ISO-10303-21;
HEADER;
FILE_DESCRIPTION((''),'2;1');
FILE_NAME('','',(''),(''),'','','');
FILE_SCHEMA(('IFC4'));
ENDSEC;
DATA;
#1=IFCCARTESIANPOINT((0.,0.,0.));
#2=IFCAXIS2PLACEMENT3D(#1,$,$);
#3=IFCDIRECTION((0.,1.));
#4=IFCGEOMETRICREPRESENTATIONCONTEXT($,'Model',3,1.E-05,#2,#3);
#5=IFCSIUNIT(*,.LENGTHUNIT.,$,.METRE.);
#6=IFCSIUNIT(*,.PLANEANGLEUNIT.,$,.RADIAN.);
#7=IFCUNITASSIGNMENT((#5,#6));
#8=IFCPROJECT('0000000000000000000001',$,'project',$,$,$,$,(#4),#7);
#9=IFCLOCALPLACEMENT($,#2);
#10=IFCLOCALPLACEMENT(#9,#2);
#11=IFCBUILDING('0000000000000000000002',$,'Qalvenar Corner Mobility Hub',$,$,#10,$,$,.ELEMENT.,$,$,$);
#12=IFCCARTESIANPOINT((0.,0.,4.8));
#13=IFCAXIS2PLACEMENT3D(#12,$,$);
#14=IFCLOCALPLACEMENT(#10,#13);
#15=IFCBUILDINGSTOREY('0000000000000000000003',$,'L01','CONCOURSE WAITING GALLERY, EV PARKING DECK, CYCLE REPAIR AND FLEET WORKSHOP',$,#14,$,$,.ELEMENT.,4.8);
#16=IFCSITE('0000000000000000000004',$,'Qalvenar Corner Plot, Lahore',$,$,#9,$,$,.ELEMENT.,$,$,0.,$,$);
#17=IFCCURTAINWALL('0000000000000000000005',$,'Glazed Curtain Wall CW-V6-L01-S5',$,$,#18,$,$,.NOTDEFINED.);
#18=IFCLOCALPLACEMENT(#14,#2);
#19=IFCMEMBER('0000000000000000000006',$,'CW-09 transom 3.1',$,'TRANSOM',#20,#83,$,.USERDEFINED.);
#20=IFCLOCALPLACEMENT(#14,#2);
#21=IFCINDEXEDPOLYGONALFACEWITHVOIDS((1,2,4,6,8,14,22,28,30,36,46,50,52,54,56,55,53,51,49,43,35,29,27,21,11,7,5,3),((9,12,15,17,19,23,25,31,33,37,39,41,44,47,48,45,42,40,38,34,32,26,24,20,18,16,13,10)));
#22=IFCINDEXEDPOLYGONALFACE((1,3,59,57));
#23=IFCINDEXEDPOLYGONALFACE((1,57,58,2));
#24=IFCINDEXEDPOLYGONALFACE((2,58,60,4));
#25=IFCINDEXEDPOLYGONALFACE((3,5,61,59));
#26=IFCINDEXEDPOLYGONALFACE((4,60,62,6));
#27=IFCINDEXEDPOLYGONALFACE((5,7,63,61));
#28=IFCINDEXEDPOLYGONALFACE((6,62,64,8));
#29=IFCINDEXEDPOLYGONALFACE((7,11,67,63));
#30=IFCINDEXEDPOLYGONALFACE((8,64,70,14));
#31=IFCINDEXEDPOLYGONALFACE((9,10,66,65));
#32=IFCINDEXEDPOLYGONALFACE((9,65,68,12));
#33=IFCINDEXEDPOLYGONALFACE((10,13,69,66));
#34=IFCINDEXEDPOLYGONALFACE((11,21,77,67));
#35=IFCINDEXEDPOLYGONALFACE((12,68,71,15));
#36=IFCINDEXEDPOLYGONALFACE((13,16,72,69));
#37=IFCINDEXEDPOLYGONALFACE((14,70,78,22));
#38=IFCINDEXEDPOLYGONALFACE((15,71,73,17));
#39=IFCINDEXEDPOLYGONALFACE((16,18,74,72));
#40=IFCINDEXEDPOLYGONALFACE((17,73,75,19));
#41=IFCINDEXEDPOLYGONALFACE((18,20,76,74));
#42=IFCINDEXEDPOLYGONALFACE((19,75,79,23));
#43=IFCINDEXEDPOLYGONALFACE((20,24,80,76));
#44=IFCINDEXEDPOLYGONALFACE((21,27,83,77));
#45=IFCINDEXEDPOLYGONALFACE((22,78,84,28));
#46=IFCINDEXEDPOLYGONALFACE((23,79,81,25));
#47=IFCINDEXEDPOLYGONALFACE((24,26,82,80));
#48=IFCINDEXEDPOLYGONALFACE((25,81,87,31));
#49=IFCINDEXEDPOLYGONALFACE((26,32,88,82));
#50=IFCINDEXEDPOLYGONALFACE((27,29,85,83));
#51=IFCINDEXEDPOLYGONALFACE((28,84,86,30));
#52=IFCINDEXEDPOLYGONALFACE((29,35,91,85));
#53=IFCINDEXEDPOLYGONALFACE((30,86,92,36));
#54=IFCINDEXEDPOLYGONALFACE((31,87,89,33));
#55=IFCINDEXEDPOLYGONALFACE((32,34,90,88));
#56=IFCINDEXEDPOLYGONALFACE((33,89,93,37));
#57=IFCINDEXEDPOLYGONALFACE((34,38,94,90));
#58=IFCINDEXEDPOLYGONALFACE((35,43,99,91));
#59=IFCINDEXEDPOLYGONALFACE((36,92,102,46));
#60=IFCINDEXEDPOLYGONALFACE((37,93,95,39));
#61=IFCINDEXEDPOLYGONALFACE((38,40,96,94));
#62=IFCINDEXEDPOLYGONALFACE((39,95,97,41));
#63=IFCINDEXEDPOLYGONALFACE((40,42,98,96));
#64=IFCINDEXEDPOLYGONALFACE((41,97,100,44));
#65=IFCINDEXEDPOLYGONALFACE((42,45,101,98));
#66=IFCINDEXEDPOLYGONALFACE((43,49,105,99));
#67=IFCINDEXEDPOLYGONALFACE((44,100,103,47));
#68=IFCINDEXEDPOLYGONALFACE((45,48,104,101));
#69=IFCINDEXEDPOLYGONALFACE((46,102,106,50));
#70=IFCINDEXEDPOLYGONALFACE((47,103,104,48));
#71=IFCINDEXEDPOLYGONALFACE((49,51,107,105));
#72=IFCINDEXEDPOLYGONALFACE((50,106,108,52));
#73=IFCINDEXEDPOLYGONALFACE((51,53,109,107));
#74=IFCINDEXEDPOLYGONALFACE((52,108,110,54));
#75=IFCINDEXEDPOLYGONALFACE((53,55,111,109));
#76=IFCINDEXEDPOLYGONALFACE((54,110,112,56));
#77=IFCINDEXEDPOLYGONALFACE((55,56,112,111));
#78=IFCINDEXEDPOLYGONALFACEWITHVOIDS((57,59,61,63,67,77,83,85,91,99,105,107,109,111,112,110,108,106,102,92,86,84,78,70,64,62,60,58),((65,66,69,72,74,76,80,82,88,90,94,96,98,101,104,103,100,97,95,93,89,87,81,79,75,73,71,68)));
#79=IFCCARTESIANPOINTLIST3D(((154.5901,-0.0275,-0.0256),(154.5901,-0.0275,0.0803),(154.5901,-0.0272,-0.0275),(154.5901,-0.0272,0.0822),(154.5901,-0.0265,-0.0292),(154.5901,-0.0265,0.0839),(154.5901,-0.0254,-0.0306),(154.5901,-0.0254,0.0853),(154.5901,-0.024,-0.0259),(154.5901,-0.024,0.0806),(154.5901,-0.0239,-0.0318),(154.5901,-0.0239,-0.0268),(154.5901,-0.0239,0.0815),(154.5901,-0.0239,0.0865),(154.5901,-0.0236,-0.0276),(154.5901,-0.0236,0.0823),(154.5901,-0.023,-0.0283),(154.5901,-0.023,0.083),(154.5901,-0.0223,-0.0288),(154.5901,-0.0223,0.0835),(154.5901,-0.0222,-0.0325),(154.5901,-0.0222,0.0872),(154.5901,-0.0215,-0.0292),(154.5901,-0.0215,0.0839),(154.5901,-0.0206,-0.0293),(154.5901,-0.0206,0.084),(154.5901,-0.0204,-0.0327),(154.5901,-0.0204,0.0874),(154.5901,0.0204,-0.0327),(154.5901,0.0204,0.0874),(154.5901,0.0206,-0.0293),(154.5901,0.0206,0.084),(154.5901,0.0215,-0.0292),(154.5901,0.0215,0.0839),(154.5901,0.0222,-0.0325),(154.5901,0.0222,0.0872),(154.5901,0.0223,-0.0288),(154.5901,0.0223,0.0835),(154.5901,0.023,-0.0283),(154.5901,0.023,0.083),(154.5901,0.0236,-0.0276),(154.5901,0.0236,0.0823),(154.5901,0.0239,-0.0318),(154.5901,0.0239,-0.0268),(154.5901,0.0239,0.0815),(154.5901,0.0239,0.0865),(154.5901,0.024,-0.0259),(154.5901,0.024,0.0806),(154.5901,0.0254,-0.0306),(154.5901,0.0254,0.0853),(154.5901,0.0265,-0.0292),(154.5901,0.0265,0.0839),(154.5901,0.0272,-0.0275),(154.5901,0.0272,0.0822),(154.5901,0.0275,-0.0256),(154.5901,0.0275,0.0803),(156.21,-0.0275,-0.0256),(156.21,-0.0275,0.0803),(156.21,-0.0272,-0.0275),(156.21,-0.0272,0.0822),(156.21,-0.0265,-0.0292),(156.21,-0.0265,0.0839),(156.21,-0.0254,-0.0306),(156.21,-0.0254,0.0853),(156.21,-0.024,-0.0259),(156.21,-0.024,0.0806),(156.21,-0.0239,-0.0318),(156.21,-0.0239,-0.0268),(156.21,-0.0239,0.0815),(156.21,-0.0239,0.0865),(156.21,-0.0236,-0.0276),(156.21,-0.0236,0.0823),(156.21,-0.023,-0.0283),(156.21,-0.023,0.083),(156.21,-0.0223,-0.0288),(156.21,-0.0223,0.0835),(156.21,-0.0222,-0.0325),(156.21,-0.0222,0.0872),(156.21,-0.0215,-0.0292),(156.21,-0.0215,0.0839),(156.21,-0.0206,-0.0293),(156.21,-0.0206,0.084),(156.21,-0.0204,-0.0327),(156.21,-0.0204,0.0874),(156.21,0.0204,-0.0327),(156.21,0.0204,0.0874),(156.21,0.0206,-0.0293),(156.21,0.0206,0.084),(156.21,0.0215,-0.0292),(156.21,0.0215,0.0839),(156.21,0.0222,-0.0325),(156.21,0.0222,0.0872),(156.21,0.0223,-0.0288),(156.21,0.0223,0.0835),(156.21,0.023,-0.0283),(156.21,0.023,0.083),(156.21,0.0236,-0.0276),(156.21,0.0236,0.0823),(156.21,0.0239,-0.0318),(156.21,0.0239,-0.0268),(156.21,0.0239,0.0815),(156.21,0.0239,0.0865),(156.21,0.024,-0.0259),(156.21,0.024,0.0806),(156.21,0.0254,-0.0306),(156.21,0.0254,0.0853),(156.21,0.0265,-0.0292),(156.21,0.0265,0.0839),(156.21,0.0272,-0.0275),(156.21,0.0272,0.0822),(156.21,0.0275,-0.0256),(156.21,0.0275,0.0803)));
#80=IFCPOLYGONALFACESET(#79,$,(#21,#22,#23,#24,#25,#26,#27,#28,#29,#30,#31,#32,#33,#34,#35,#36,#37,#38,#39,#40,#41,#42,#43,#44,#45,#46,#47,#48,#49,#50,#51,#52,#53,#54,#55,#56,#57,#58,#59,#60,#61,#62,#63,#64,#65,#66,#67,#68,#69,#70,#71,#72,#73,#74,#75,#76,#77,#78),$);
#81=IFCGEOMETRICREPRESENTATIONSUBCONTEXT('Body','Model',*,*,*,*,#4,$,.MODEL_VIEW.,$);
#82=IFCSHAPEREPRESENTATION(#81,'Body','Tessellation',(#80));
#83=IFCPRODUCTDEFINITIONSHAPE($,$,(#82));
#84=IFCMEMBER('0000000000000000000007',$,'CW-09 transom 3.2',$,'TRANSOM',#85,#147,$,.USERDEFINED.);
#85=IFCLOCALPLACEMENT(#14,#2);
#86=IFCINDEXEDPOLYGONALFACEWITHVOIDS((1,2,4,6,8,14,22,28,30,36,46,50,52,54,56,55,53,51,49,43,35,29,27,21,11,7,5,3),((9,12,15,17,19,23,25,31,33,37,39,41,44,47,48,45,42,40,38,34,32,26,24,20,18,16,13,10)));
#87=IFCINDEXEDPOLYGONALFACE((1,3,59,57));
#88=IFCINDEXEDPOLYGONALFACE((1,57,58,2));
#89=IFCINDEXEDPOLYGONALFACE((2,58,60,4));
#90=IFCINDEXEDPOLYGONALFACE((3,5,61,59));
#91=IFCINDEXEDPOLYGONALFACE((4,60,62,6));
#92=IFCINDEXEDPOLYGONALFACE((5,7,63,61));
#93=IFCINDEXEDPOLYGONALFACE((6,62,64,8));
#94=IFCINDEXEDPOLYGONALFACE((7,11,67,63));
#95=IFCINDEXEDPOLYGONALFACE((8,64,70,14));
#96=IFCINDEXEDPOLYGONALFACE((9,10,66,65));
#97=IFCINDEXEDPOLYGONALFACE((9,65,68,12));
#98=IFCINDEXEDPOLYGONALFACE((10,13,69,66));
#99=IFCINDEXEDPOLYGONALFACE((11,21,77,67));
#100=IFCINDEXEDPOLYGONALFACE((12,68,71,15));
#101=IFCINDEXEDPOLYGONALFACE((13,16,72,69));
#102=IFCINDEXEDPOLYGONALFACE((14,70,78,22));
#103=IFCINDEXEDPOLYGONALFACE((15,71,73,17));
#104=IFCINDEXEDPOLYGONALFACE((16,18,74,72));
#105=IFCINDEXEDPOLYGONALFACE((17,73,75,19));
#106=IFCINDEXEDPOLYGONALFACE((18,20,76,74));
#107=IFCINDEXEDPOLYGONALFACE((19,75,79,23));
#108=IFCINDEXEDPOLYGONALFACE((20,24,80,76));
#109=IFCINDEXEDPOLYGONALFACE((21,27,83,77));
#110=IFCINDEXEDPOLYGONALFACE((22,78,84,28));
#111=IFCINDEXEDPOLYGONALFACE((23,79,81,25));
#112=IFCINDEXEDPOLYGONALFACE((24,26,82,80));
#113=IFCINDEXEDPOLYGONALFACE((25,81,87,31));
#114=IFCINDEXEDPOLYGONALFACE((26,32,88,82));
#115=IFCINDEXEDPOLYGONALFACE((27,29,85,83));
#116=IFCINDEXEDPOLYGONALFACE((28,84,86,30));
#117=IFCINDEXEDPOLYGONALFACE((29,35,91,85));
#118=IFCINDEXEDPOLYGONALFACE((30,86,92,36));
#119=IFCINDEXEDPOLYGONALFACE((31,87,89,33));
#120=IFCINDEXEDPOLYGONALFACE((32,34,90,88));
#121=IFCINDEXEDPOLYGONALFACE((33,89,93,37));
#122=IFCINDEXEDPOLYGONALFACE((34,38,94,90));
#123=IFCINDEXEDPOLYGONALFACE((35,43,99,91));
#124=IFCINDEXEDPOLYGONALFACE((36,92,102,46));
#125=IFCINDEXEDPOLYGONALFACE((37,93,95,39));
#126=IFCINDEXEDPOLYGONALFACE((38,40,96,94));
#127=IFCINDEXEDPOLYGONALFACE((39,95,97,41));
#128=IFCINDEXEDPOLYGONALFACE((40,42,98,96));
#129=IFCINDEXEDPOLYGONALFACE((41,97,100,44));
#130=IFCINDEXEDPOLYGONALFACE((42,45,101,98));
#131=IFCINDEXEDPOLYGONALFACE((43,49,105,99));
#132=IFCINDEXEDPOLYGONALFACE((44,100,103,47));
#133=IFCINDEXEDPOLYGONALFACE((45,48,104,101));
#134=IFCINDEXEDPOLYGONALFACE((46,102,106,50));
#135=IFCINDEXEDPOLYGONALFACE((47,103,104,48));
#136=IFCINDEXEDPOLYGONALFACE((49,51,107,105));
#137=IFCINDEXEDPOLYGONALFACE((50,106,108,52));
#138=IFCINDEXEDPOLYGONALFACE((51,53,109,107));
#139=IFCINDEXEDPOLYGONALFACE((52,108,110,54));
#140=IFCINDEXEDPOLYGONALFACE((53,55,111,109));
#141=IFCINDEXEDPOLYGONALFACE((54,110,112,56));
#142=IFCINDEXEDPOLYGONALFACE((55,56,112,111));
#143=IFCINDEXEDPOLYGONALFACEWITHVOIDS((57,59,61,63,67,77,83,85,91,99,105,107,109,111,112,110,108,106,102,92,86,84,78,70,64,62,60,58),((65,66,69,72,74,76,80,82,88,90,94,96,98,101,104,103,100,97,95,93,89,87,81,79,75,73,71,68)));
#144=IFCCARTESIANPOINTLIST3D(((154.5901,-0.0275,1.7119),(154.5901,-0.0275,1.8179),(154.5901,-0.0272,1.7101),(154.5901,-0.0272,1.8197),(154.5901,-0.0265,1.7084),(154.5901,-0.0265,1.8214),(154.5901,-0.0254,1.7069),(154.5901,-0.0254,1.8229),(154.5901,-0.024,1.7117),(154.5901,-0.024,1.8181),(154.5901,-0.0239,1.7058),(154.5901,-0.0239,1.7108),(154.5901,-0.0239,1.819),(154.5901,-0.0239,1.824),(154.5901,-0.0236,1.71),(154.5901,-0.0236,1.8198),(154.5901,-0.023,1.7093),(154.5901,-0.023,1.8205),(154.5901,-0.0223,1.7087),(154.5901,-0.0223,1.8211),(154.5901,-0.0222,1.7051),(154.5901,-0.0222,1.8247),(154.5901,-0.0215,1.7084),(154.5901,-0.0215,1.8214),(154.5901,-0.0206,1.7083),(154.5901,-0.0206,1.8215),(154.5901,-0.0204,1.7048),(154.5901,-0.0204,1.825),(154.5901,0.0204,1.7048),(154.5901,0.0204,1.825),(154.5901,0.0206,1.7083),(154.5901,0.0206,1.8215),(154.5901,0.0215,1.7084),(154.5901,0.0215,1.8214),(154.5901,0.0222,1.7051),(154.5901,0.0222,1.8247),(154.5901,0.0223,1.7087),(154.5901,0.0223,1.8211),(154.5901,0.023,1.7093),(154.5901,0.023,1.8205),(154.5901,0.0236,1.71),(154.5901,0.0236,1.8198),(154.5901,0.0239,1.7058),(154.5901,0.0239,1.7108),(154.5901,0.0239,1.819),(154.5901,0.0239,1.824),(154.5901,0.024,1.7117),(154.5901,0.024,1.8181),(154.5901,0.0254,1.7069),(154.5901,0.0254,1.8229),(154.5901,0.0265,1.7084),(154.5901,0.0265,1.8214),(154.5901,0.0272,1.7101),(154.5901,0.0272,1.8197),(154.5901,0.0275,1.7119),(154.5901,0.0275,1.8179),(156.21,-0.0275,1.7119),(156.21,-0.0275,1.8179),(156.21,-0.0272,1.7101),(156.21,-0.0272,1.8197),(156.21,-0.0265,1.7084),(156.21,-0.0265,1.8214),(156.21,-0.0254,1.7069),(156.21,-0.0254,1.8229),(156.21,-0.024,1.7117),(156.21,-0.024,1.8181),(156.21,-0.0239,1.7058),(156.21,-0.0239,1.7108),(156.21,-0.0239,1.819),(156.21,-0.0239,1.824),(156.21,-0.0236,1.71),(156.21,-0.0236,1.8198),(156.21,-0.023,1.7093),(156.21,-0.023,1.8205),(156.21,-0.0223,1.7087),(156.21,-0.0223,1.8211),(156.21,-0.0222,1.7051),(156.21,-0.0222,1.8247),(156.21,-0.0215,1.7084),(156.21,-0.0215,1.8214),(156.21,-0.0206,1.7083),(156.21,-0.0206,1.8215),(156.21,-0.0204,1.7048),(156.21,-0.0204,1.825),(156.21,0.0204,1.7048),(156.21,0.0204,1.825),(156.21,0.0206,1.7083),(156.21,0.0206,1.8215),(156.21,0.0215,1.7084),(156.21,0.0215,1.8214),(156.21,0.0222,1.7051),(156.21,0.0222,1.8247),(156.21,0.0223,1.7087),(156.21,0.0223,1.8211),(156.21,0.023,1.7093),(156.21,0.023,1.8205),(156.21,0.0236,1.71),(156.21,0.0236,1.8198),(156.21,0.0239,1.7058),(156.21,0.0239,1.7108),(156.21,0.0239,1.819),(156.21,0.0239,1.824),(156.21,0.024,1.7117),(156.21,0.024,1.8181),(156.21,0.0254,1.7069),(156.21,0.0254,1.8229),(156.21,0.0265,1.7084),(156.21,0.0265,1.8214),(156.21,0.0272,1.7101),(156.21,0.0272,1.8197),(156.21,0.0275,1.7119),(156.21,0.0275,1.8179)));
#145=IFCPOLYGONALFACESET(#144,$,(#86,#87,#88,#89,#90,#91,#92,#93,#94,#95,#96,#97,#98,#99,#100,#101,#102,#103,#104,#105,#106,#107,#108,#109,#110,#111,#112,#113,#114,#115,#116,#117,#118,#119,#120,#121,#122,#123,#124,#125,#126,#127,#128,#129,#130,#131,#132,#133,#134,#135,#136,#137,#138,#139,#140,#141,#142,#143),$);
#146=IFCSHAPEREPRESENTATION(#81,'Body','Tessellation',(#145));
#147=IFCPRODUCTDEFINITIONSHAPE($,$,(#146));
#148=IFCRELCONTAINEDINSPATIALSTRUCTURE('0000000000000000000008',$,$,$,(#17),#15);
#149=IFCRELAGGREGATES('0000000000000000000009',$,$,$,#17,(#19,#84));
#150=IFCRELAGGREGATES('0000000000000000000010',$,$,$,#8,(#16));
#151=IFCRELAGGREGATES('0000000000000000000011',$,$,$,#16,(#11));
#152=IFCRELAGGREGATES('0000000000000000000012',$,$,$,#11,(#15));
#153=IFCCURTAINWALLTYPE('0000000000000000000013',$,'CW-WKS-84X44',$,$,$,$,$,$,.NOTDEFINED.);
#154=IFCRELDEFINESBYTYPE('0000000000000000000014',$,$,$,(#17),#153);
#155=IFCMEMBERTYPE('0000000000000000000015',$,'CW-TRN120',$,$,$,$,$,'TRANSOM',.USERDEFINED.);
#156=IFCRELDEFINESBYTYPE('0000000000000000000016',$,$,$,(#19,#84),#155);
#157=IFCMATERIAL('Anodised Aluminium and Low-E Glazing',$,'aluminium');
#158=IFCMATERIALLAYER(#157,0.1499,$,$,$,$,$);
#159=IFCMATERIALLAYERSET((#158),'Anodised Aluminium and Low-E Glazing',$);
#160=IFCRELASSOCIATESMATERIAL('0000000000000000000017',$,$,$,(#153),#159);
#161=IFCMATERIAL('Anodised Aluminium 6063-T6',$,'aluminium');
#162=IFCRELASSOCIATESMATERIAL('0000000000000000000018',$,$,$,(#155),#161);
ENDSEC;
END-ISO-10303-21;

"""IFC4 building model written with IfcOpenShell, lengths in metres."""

from ifc_helpers import new_model, si_unit, direction, frame, origin, origin_2d, place, context, subcontext, project, spatial, hollow_rectangle, extrude, material, layer, layer_set, material_profile, profile_set, type_object, element, aggregate, save


model = new_model("IFC4")

# Units and contexts
model_context = context("Model", 3, precision=1e-05, world=origin(), true_north=direction((0.0, 1.0)))
body_context = subcontext(model_context, "Body", "Model", "MODEL_VIEW")
ifc_project = project(units=[si_unit("LENGTHUNIT", "METRE"), si_unit("PLANEANGLEUNIT", "RADIAN")], contexts=[model_context])

# Site, building, storey
site_placement = place(None, origin())
site = spatial("IfcSite", under=ifc_project, at=site_placement, Name="Qalvenar Corner Plot, Lahore", CompositionType="ELEMENT", RefElevation=0.0)
building_placement = place(site_placement, origin())
building = spatial("IfcBuilding", under=site, at=building_placement, Name="Qalvenar Corner Mobility Hub", CompositionType="ELEMENT")
storey_placement = place(building_placement, frame((0.0, 0.0, 4.8)))
storey = spatial("IfcBuildingStorey", under=building, at=storey_placement, Name="L01", Description="CONCOURSE WAITING GALLERY, EV PARKING DECK, CYCLE REPAIR AND FLEET WORKSHOP", CompositionType="ELEMENT", Elevation=4.8)

# Curtain wall, members
ifc_material_1 = material(Name="Anodised Aluminium and Low-E Glazing", Category="aluminium")
ifc_layer_1 = layer(ifc_material_1, 0.1499)
ifc_layer_set_1 = layer_set([ifc_layer_1], Name="Anodised Aluminium and Low-E Glazing")
curtain_wall_type = type_object("IfcCurtainWallType", Name="CW-WKS-84X44", PredefinedType="NOTDEFINED", material=ifc_layer_set_1)
curtain_wall_placement = place(storey_placement, origin())
curtain_wall = element("IfcCurtainWall", 1, at=curtain_wall_placement, inside=storey, type_object=curtain_wall_type, Name="Glazed Curtain Wall CW-V6-L01-S5", PredefinedType="NOTDEFINED")
ifc_material_2 = material(Name="Anodised Aluminium 6063-T6", Category="aluminium")
ifc_material_profile_1 = material_profile(ifc_material_2, hollow_rectangle(XDim=0.0549, YDim=0.1201, WallThickness=0.0034, InnerFilletRadius=0.0034, OuterFilletRadius=0.0071, at=origin_2d()), Name="RHS120x55x3.5")
ifc_profile_set_1 = profile_set([ifc_material_profile_1], Name="Anodised Aluminium 6063-T6")
member_type_1 = type_object("IfcMemberType", Name="CW-TRN120", ElementType="TRANSOM", PredefinedType="USERDEFINED", material=ifc_profile_set_1)
member_1_placement = place(storey_placement, frame((154.5901, 0.0, 0.0273), z_axis=(1.0, 0.0, 0.0), x_axis=(0.0, 1.0, 0.0)))
member_1 = element("IfcMember", 2, at=member_1_placement, type_object=member_type_1, Name="CW-09 transom 3.1", ObjectType="TRANSOM", PredefinedType="USERDEFINED", context=body_context, shape_type="SweptSolid", body=[
    extrude(hollow_rectangle(XDim=0.0549, YDim=0.1201, WallThickness=0.0034, InnerFilletRadius=0.0034, OuterFilletRadius=0.0071, at=origin_2d()), origin(), (0.0, 0.0, 1.0), 1.6199),
])
member_2_placement = place(storey_placement, frame((154.5901, 0.0, 1.7649), z_axis=(1.0, 0.0, 0.0), x_axis=(0.0, 1.0, 0.0)))
member_2 = element("IfcMember", 3, at=member_2_placement, type_object=member_type_1, Name="CW-09 transom 3.2", ObjectType="TRANSOM", PredefinedType="USERDEFINED", context=body_context, shape_type="SweptSolid", body=[
    extrude(hollow_rectangle(XDim=0.0549, YDim=0.1201, WallThickness=0.0034, InnerFilletRadius=0.0034, OuterFilletRadius=0.0071, at=origin_2d()), origin(), (0.0, 0.0, 1.0), 1.6199),
])
aggregate(curtain_wall, [member_1, member_2])

save(model, "model.ifc")
